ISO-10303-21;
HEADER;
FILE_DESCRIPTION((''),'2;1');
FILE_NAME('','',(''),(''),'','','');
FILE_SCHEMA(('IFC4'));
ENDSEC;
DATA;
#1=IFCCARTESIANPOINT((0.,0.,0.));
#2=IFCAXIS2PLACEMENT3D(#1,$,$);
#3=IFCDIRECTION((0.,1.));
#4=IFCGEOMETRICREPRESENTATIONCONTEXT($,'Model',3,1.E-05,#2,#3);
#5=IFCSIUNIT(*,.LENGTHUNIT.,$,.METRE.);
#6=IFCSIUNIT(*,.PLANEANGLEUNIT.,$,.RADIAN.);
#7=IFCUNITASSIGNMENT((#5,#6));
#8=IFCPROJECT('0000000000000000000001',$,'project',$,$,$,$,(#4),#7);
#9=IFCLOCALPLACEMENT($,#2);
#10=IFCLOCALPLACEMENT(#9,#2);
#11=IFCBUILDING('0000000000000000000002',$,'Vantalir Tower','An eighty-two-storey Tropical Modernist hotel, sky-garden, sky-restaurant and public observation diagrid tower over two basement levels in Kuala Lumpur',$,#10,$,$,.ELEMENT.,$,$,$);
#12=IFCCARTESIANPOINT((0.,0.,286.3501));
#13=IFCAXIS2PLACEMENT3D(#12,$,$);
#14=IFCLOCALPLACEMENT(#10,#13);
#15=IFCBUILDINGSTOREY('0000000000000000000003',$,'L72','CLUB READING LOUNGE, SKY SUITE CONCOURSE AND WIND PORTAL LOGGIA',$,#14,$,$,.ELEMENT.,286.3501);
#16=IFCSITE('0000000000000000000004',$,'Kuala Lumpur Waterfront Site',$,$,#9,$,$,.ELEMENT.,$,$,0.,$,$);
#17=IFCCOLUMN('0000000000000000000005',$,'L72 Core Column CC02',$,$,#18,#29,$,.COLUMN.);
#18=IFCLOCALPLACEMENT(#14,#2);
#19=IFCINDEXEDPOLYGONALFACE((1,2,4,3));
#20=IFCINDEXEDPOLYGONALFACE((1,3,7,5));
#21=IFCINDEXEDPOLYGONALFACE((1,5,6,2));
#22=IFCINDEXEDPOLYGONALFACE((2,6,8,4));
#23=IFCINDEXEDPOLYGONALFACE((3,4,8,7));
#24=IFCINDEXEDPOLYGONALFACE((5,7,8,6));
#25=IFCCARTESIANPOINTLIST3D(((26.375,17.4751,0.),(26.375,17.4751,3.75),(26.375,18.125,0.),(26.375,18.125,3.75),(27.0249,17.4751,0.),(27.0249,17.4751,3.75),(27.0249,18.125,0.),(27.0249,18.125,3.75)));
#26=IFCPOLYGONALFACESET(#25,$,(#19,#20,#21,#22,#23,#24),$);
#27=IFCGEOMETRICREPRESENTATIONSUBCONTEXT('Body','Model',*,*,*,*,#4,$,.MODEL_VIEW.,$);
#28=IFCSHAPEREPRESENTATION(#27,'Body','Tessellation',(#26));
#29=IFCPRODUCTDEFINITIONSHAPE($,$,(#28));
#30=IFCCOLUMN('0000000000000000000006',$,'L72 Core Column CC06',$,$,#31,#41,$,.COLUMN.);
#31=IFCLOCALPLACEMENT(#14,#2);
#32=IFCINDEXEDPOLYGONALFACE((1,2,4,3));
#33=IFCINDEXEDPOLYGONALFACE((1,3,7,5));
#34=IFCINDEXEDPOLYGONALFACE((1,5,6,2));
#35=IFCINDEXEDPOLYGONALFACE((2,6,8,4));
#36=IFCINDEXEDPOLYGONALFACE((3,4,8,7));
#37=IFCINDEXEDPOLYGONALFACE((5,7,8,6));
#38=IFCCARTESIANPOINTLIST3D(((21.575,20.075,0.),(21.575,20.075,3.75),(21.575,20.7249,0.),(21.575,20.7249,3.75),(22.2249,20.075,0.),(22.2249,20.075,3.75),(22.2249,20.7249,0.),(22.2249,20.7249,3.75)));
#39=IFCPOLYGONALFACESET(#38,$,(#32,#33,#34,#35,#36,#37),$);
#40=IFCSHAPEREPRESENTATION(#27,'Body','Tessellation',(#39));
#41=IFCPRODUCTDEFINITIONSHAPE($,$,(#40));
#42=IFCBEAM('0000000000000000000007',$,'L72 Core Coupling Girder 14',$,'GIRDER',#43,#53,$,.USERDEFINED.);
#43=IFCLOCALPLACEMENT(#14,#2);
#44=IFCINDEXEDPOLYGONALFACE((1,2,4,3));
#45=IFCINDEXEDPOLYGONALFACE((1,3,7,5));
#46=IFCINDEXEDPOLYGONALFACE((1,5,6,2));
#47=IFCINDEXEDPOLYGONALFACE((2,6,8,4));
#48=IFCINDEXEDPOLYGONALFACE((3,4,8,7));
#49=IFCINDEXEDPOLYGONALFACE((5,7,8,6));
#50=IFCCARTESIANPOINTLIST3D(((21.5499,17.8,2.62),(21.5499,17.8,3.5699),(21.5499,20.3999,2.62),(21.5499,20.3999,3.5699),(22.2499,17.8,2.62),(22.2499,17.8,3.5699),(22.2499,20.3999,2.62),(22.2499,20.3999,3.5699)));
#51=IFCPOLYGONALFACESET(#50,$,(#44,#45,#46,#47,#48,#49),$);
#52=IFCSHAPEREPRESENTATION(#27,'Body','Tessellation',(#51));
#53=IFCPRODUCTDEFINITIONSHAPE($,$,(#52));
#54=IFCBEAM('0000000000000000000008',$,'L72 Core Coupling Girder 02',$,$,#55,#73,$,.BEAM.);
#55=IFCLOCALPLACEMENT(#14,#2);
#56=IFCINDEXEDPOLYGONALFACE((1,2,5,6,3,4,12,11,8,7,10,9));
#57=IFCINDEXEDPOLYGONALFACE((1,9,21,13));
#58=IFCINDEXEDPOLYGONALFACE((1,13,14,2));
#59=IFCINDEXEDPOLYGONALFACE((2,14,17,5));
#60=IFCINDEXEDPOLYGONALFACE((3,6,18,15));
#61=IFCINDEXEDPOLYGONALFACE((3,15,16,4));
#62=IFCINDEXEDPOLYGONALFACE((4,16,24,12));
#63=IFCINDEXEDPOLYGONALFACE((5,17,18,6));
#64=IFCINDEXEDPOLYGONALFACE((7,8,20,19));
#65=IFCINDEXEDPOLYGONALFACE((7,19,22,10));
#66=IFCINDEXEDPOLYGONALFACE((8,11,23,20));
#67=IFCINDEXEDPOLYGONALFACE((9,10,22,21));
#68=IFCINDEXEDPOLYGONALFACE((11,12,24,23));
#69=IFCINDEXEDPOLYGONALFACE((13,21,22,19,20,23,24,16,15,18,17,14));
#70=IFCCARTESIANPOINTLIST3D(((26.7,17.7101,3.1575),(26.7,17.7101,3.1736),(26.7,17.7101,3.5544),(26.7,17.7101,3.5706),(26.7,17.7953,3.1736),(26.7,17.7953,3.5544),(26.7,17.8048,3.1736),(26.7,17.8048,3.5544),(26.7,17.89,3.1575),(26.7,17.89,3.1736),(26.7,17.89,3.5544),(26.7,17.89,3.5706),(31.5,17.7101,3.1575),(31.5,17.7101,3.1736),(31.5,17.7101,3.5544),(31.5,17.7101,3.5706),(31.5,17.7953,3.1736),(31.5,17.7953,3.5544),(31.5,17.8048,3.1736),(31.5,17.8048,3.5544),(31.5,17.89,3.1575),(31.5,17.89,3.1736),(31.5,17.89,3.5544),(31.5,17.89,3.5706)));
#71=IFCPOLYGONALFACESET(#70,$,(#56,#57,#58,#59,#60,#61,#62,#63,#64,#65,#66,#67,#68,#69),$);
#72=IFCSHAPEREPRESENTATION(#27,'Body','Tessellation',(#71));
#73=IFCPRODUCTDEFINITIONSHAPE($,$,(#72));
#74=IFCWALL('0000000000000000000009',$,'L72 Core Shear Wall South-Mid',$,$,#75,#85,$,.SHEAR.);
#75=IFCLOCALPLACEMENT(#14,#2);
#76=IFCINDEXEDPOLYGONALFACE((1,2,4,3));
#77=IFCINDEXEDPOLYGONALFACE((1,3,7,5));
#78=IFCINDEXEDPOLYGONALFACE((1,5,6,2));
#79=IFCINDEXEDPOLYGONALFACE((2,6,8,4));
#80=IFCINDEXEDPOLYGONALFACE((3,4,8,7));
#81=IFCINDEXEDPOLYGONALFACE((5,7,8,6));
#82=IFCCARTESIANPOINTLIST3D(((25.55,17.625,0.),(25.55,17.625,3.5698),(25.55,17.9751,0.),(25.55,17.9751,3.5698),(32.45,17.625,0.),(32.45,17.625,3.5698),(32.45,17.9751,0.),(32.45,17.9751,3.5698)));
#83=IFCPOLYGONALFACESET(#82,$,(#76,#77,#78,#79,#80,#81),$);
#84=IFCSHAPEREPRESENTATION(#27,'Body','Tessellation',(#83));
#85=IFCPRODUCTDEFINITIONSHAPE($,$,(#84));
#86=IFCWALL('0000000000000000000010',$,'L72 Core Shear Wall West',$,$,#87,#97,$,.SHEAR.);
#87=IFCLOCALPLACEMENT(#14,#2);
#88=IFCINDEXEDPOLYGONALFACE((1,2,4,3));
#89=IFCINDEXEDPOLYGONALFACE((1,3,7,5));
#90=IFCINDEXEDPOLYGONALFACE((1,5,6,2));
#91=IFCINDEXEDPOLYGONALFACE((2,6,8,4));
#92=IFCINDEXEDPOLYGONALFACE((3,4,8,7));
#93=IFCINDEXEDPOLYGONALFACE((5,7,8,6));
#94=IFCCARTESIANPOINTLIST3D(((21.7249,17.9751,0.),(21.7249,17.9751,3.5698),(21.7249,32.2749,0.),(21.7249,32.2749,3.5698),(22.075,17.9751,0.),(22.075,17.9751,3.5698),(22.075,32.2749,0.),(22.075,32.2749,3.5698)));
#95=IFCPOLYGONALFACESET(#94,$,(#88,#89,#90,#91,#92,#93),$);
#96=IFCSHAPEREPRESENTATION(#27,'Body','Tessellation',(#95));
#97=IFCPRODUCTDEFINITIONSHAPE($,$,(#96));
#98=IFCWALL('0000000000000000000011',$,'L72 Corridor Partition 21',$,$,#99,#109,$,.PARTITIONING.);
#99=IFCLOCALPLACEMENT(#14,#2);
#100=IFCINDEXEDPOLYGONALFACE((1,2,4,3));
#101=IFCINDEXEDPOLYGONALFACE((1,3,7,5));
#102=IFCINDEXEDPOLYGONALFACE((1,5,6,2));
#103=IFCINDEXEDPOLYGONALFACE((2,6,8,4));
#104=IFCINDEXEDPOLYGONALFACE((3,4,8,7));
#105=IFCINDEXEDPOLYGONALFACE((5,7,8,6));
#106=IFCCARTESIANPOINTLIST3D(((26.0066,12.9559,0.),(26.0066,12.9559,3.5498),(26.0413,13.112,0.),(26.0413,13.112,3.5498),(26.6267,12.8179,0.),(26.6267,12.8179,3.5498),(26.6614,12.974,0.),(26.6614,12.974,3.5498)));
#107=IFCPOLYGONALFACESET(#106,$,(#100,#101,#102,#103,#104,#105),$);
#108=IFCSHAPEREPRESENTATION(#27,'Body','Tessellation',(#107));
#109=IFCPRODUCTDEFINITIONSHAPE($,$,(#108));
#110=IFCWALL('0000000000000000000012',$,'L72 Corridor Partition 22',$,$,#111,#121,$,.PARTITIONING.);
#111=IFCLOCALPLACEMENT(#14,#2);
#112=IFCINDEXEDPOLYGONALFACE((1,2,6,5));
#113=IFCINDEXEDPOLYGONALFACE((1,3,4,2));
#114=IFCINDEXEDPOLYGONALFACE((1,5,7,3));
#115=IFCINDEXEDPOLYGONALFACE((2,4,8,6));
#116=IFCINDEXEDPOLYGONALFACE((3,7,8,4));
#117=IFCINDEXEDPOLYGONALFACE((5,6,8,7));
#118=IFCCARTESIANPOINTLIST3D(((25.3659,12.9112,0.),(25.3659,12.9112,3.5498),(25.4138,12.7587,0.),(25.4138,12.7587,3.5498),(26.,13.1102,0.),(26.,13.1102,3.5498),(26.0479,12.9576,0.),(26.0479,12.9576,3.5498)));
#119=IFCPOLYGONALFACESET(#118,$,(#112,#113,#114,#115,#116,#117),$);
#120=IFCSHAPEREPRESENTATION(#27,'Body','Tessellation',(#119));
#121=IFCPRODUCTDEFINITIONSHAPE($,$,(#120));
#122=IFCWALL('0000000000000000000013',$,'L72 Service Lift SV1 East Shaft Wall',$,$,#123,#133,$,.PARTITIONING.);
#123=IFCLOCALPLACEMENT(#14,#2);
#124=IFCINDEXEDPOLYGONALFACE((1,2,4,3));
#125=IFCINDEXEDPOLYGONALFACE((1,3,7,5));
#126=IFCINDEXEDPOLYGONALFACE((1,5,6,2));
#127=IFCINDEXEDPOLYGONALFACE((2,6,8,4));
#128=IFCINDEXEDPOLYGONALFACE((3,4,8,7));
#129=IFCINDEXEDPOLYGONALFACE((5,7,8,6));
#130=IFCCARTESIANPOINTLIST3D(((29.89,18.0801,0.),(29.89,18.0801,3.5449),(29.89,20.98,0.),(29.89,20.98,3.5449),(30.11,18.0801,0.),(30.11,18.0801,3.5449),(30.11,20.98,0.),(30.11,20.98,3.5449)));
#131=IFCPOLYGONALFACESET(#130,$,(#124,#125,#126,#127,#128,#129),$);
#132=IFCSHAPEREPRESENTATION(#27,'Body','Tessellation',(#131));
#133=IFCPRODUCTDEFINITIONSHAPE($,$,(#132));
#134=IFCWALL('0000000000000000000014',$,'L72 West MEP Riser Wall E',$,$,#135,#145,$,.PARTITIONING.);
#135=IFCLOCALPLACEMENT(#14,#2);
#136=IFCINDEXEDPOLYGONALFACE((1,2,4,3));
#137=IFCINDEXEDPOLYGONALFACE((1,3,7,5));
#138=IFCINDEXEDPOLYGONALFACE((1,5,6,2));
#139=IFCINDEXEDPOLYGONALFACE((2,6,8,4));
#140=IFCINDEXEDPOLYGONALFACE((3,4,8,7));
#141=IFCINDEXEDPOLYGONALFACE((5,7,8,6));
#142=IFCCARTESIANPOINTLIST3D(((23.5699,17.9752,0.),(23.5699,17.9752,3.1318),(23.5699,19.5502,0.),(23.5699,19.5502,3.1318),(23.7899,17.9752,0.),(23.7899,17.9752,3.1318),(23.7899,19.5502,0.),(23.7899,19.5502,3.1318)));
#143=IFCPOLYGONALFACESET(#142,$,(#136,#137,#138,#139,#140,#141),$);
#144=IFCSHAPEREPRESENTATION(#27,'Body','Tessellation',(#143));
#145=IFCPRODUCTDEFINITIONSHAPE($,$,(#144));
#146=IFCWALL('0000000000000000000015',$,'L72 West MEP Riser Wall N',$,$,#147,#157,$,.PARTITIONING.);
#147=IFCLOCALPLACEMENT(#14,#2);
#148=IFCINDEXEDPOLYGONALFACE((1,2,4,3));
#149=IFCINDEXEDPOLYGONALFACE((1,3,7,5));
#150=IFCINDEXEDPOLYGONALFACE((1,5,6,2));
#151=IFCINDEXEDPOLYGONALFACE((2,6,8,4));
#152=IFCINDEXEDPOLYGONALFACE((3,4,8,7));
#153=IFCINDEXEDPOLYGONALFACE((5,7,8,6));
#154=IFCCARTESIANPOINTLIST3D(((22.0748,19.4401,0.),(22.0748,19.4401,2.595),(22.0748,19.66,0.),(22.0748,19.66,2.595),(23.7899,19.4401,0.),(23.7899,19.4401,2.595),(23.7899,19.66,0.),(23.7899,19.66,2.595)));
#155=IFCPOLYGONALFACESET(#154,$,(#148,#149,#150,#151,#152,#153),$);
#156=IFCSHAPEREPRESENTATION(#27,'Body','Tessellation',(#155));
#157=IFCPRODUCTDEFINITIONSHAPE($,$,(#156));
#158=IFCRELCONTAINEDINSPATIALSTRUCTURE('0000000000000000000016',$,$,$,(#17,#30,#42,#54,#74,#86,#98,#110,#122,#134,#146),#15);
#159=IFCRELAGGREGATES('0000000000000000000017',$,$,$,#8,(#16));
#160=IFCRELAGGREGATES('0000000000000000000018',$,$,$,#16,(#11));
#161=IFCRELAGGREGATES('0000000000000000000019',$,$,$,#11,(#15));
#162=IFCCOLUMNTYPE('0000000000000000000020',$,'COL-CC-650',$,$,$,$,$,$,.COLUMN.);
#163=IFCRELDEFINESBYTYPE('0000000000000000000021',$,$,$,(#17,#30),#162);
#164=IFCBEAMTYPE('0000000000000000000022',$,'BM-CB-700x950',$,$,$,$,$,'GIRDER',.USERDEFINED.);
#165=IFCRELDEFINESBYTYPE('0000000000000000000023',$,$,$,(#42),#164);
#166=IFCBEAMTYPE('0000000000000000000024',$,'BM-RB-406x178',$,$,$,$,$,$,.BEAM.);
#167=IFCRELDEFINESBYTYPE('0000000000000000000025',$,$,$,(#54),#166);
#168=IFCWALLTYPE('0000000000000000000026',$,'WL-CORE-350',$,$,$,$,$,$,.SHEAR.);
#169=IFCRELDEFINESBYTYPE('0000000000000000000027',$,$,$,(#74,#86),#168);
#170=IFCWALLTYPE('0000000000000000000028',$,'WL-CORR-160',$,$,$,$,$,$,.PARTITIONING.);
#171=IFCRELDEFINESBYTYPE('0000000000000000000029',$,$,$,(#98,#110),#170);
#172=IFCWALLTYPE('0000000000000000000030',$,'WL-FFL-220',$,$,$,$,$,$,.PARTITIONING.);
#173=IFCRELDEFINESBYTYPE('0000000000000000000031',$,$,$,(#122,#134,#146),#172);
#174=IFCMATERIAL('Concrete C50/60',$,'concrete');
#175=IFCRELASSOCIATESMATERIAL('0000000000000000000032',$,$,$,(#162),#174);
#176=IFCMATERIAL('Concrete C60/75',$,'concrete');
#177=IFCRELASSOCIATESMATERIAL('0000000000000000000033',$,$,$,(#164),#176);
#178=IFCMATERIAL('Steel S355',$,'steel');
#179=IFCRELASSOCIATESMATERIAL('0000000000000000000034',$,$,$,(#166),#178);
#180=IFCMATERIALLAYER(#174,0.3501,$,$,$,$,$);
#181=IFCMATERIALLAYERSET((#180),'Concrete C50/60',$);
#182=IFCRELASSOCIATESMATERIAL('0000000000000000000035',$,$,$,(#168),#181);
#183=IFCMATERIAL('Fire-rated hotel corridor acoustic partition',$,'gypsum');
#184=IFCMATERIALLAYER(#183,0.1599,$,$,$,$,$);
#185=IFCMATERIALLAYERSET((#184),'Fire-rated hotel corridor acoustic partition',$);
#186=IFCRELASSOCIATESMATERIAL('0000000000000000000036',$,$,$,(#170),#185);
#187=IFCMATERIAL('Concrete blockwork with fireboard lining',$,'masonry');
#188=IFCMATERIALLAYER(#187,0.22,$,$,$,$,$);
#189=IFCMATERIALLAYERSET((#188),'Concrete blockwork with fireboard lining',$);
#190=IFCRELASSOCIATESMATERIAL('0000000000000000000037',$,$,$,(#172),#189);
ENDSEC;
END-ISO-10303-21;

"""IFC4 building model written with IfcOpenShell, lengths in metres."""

from ifc_helpers import new_model, si_unit, direction, frame, frame_2d, origin, origin_2d, place, context, subcontext, project, spatial, rectangle, i_section, extrude, material, layer, layer_set, material_profile, profile_set, type_object, element, save


model = new_model("IFC4")

# Units and contexts
model_context = context("Model", 3, precision=1e-05, world=origin(), true_north=direction((0.0, 1.0)))
body_context = subcontext(model_context, "Body", "Model", "MODEL_VIEW")
ifc_project = project(units=[si_unit("LENGTHUNIT", "METRE"), si_unit("PLANEANGLEUNIT", "RADIAN")], contexts=[model_context])

# Site, building, storey
site_placement = place(None, origin())
site = spatial("IfcSite", under=ifc_project, at=site_placement, Name="Kuala Lumpur Waterfront Site", CompositionType="ELEMENT", RefElevation=0.0)
building_placement = place(site_placement, origin())
building = spatial("IfcBuilding", under=site, at=building_placement, Name="Vantalir Tower", Description="An eighty-two-storey Tropical Modernist hotel, sky-garden, sky-restaurant and public observation diagrid tower over two basement levels in Kuala Lumpur", CompositionType="ELEMENT")
storey_placement = place(building_placement, frame((0.0, 0.0, 286.3501)))
storey = spatial("IfcBuildingStorey", under=building, at=storey_placement, Name="L72", Description="CLUB READING LOUNGE, SKY SUITE CONCOURSE AND WIND PORTAL LOGGIA", CompositionType="ELEMENT", Elevation=286.3501)

# Columns
ifc_material_1 = material(Name="Concrete C50/60", Category="concrete")
ifc_material_profile_1 = material_profile(ifc_material_1, rectangle(XDim=0.6499, YDim=0.6499, at=origin_2d()), Name="Concrete C50/60")
ifc_profile_set_1 = profile_set([ifc_material_profile_1], Name="Concrete C50/60")
column_type = type_object("IfcColumnType", Name="COL-CC-650", PredefinedType="COLUMN", material=ifc_profile_set_1)
for number, where, z_axis, x_axis, name in (
    (1, (26.7, 17.8, 0.0), (0.0, 0.0, 1.0), (1.0, 0.0, 0.0), "L72 Core Column CC02"),
    (2, (21.8999, 20.3999, 0.0), (0.0, 0.0, 1.0), (1.0, 0.0, 0.0), "L72 Core Column CC06"),
):
    element("IfcColumn", number, at=place(storey_placement, frame(where, z_axis=z_axis, x_axis=x_axis)), inside=storey, type_object=column_type, Name=name, PredefinedType="COLUMN", context=body_context, shape_type="SweptSolid", body=[
        extrude(rectangle(XDim=0.6499, YDim=0.6499, at=origin_2d()), origin(), (0.0, 0.0, 1.0), 3.75),
    ])

# Beams
ifc_material_2 = material(Name="Concrete C60/75", Category="concrete")
ifc_material_profile_2 = material_profile(ifc_material_2, rectangle(XDim=0.7, YDim=0.95, at=origin_2d()), Name="Concrete C60/75")
ifc_profile_set_2 = profile_set([ifc_material_profile_2], Name="Concrete C60/75")
beam_type_1 = type_object("IfcBeamType", Name="BM-CB-700x950", ElementType="GIRDER", PredefinedType="USERDEFINED", material=ifc_profile_set_2)
beam_1_placement = place(storey_placement, frame((21.8999, 20.3999, 3.095), z_axis=(0.0, -1.0, 0.0), x_axis=(1.0, 0.0, 0.0)))
element("IfcBeam", 3, at=beam_1_placement, inside=storey, type_object=beam_type_1, Name="L72 Core Coupling Girder 14", ObjectType="GIRDER", PredefinedType="USERDEFINED", context=body_context, shape_type="SweptSolid", body=[
    extrude(rectangle(XDim=0.7, YDim=0.95, at=origin_2d()), origin(), (0.0, 0.0, 1.0), 2.5999),
])
ifc_material_3 = material(Name="Steel S355", Category="steel")
ifc_material_profile_3 = material_profile(ifc_material_3, i_section(OverallWidth=0.1799, OverallDepth=0.4131, WebThickness=0.0095, FlangeThickness=0.0161, at=origin_2d()), Name="Steel S355")
ifc_profile_set_3 = profile_set([ifc_material_profile_3], Name="Steel S355")
beam_type_2 = type_object("IfcBeamType", Name="BM-RB-406x178", PredefinedType="BEAM", material=ifc_profile_set_3)
beam_2_placement = place(storey_placement, frame((26.7, 17.8, 3.364), z_axis=(1.0, 0.0, 0.0), x_axis=(0.0, 1.0, 0.0)))
element("IfcBeam", 4, at=beam_2_placement, inside=storey, type_object=beam_type_2, Name="L72 Core Coupling Girder 02", PredefinedType="BEAM", context=body_context, shape_type="SweptSolid", body=[
    extrude(i_section(OverallWidth=0.1799, OverallDepth=0.4131, WebThickness=0.0095, FlangeThickness=0.0161, at=origin_2d()), origin(), (0.0, 0.0, 1.0), 4.8),
])

# Walls
ifc_layer_1 = layer(ifc_material_1, 0.3501)
ifc_layer_set_1 = layer_set([ifc_layer_1], Name="Concrete C50/60")
wall_type_1 = type_object("IfcWallType", Name="WL-CORE-350", PredefinedType="SHEAR", material=ifc_layer_set_1)
wall_1_placement = place(storey_placement, frame((25.55, 17.8, 0.0), z_axis=(0.0, 0.0, 1.0), x_axis=(1.0, 0.0, 0.0)))
element("IfcWall", 5, at=wall_1_placement, inside=storey, type_object=wall_type_1, Name="L72 Core Shear Wall South-Mid", PredefinedType="SHEAR", context=body_context, shape_type="SweptSolid", body=[
    extrude(rectangle(XDim=6.8999, YDim=0.3501, at=frame_2d((3.45, 0.0))), origin(), (0.0, 0.0, 1.0), 3.5698),
])
wall_2_placement = place(storey_placement, frame((21.8999, 17.9751, 0.0), z_axis=(0.0, 0.0, 1.0), x_axis=(0.0, 1.0, 0.0)))
element("IfcWall", 6, at=wall_2_placement, inside=storey, type_object=wall_type_1, Name="L72 Core Shear Wall West", PredefinedType="SHEAR", context=body_context, shape_type="SweptSolid", body=[
    extrude(rectangle(XDim=14.2998, YDim=0.3501, at=frame_2d((7.1499, 0.0))), origin(), (0.0, 0.0, 1.0), 3.5698),
])
ifc_material_4 = material(Name="Fire-rated hotel corridor acoustic partition", Category="gypsum")
ifc_layer_2 = layer(ifc_material_4, 0.1599)
ifc_layer_set_2 = layer_set([ifc_layer_2], Name="Fire-rated hotel corridor acoustic partition")
wall_type_2 = type_object("IfcWallType", Name="WL-CORR-160", PredefinedType="PARTITIONING", material=ifc_layer_set_2)
wall_3_placement = place(storey_placement, frame((26.644, 12.896, 0.0), z_axis=(0.0, 0.0, 1.0), x_axis=(-0.976142, 0.217134, 0.0)))
element("IfcWall", 7, at=wall_3_placement, inside=storey, type_object=wall_type_2, Name="L72 Corridor Partition 21", PredefinedType="PARTITIONING", context=body_context, shape_type="SweptSolid", body=[
    extrude(rectangle(XDim=0.6353, YDim=0.1599, at=frame_2d((0.3176, 0.0))), origin(), (0.0, 0.0, 1.0), 3.5498),
])
wall_4_placement = place(storey_placement, frame((26.0239, 13.0339, 0.0), z_axis=(0.0, 0.0, 1.0), x_axis=(-0.95412, -0.299425, 0.0)))
element("IfcWall", 8, at=wall_4_placement, inside=storey, type_object=wall_type_2, Name="L72 Corridor Partition 22", PredefinedType="PARTITIONING", context=body_context, shape_type="SweptSolid", body=[
    extrude(rectangle(XDim=0.6646, YDim=0.1599, at=frame_2d((0.3323, 0.0))), origin(), (0.0, 0.0, 1.0), 3.5498),
])
ifc_material_5 = material(Name="Concrete blockwork with fireboard lining", Category="masonry")
ifc_layer_3 = layer(ifc_material_5, 0.22)
ifc_layer_set_3 = layer_set([ifc_layer_3], Name="Concrete blockwork with fireboard lining")
wall_type_3 = type_object("IfcWallType", Name="WL-FFL-220", PredefinedType="PARTITIONING", material=ifc_layer_set_3)
wall_5_placement = place(storey_placement, frame((30.0, 18.0801, 0.0), z_axis=(0.0, 0.0, 1.0), x_axis=(0.0, 1.0, 0.0)))
element("IfcWall", 9, at=wall_5_placement, inside=storey, type_object=wall_type_3, Name="L72 Service Lift SV1 East Shaft Wall", PredefinedType="PARTITIONING", context=body_context, shape_type="SweptSolid", body=[
    extrude(rectangle(XDim=2.8999, YDim=0.22, at=frame_2d((1.45, 0.0))), origin(), (0.0, 0.0, 1.0), 3.5449),
])
wall_6_placement = place(storey_placement, frame((23.6799, 17.9751, 0.0), z_axis=(0.0, 0.0, 1.0), x_axis=(0.0, 1.0, 0.0)))
element("IfcWall", 10, at=wall_6_placement, inside=storey, type_object=wall_type_3, Name="L72 West MEP Riser Wall E", PredefinedType="PARTITIONING", context=body_context, shape_type="SweptSolid", body=[
    extrude(rectangle(XDim=1.575, YDim=0.22, at=frame_2d((0.7876, 0.0))), origin(), (0.0, 0.0, 1.0), 3.1318),
])
wall_7_placement = place(storey_placement, frame((22.075, 19.55, 0.0), z_axis=(0.0, 0.0, 1.0), x_axis=(1.0, 0.0, 0.0)))
element("IfcWall", 11, at=wall_7_placement, inside=storey, type_object=wall_type_3, Name="L72 West MEP Riser Wall N", PredefinedType="PARTITIONING", context=body_context, shape_type="SweptSolid", body=[
    extrude(rectangle(XDim=1.7151, YDim=0.22, at=frame_2d((0.8574, 0.0))), origin(), (0.0, 0.0, 1.0), 2.595),
])

save(model, "model.ifc")
